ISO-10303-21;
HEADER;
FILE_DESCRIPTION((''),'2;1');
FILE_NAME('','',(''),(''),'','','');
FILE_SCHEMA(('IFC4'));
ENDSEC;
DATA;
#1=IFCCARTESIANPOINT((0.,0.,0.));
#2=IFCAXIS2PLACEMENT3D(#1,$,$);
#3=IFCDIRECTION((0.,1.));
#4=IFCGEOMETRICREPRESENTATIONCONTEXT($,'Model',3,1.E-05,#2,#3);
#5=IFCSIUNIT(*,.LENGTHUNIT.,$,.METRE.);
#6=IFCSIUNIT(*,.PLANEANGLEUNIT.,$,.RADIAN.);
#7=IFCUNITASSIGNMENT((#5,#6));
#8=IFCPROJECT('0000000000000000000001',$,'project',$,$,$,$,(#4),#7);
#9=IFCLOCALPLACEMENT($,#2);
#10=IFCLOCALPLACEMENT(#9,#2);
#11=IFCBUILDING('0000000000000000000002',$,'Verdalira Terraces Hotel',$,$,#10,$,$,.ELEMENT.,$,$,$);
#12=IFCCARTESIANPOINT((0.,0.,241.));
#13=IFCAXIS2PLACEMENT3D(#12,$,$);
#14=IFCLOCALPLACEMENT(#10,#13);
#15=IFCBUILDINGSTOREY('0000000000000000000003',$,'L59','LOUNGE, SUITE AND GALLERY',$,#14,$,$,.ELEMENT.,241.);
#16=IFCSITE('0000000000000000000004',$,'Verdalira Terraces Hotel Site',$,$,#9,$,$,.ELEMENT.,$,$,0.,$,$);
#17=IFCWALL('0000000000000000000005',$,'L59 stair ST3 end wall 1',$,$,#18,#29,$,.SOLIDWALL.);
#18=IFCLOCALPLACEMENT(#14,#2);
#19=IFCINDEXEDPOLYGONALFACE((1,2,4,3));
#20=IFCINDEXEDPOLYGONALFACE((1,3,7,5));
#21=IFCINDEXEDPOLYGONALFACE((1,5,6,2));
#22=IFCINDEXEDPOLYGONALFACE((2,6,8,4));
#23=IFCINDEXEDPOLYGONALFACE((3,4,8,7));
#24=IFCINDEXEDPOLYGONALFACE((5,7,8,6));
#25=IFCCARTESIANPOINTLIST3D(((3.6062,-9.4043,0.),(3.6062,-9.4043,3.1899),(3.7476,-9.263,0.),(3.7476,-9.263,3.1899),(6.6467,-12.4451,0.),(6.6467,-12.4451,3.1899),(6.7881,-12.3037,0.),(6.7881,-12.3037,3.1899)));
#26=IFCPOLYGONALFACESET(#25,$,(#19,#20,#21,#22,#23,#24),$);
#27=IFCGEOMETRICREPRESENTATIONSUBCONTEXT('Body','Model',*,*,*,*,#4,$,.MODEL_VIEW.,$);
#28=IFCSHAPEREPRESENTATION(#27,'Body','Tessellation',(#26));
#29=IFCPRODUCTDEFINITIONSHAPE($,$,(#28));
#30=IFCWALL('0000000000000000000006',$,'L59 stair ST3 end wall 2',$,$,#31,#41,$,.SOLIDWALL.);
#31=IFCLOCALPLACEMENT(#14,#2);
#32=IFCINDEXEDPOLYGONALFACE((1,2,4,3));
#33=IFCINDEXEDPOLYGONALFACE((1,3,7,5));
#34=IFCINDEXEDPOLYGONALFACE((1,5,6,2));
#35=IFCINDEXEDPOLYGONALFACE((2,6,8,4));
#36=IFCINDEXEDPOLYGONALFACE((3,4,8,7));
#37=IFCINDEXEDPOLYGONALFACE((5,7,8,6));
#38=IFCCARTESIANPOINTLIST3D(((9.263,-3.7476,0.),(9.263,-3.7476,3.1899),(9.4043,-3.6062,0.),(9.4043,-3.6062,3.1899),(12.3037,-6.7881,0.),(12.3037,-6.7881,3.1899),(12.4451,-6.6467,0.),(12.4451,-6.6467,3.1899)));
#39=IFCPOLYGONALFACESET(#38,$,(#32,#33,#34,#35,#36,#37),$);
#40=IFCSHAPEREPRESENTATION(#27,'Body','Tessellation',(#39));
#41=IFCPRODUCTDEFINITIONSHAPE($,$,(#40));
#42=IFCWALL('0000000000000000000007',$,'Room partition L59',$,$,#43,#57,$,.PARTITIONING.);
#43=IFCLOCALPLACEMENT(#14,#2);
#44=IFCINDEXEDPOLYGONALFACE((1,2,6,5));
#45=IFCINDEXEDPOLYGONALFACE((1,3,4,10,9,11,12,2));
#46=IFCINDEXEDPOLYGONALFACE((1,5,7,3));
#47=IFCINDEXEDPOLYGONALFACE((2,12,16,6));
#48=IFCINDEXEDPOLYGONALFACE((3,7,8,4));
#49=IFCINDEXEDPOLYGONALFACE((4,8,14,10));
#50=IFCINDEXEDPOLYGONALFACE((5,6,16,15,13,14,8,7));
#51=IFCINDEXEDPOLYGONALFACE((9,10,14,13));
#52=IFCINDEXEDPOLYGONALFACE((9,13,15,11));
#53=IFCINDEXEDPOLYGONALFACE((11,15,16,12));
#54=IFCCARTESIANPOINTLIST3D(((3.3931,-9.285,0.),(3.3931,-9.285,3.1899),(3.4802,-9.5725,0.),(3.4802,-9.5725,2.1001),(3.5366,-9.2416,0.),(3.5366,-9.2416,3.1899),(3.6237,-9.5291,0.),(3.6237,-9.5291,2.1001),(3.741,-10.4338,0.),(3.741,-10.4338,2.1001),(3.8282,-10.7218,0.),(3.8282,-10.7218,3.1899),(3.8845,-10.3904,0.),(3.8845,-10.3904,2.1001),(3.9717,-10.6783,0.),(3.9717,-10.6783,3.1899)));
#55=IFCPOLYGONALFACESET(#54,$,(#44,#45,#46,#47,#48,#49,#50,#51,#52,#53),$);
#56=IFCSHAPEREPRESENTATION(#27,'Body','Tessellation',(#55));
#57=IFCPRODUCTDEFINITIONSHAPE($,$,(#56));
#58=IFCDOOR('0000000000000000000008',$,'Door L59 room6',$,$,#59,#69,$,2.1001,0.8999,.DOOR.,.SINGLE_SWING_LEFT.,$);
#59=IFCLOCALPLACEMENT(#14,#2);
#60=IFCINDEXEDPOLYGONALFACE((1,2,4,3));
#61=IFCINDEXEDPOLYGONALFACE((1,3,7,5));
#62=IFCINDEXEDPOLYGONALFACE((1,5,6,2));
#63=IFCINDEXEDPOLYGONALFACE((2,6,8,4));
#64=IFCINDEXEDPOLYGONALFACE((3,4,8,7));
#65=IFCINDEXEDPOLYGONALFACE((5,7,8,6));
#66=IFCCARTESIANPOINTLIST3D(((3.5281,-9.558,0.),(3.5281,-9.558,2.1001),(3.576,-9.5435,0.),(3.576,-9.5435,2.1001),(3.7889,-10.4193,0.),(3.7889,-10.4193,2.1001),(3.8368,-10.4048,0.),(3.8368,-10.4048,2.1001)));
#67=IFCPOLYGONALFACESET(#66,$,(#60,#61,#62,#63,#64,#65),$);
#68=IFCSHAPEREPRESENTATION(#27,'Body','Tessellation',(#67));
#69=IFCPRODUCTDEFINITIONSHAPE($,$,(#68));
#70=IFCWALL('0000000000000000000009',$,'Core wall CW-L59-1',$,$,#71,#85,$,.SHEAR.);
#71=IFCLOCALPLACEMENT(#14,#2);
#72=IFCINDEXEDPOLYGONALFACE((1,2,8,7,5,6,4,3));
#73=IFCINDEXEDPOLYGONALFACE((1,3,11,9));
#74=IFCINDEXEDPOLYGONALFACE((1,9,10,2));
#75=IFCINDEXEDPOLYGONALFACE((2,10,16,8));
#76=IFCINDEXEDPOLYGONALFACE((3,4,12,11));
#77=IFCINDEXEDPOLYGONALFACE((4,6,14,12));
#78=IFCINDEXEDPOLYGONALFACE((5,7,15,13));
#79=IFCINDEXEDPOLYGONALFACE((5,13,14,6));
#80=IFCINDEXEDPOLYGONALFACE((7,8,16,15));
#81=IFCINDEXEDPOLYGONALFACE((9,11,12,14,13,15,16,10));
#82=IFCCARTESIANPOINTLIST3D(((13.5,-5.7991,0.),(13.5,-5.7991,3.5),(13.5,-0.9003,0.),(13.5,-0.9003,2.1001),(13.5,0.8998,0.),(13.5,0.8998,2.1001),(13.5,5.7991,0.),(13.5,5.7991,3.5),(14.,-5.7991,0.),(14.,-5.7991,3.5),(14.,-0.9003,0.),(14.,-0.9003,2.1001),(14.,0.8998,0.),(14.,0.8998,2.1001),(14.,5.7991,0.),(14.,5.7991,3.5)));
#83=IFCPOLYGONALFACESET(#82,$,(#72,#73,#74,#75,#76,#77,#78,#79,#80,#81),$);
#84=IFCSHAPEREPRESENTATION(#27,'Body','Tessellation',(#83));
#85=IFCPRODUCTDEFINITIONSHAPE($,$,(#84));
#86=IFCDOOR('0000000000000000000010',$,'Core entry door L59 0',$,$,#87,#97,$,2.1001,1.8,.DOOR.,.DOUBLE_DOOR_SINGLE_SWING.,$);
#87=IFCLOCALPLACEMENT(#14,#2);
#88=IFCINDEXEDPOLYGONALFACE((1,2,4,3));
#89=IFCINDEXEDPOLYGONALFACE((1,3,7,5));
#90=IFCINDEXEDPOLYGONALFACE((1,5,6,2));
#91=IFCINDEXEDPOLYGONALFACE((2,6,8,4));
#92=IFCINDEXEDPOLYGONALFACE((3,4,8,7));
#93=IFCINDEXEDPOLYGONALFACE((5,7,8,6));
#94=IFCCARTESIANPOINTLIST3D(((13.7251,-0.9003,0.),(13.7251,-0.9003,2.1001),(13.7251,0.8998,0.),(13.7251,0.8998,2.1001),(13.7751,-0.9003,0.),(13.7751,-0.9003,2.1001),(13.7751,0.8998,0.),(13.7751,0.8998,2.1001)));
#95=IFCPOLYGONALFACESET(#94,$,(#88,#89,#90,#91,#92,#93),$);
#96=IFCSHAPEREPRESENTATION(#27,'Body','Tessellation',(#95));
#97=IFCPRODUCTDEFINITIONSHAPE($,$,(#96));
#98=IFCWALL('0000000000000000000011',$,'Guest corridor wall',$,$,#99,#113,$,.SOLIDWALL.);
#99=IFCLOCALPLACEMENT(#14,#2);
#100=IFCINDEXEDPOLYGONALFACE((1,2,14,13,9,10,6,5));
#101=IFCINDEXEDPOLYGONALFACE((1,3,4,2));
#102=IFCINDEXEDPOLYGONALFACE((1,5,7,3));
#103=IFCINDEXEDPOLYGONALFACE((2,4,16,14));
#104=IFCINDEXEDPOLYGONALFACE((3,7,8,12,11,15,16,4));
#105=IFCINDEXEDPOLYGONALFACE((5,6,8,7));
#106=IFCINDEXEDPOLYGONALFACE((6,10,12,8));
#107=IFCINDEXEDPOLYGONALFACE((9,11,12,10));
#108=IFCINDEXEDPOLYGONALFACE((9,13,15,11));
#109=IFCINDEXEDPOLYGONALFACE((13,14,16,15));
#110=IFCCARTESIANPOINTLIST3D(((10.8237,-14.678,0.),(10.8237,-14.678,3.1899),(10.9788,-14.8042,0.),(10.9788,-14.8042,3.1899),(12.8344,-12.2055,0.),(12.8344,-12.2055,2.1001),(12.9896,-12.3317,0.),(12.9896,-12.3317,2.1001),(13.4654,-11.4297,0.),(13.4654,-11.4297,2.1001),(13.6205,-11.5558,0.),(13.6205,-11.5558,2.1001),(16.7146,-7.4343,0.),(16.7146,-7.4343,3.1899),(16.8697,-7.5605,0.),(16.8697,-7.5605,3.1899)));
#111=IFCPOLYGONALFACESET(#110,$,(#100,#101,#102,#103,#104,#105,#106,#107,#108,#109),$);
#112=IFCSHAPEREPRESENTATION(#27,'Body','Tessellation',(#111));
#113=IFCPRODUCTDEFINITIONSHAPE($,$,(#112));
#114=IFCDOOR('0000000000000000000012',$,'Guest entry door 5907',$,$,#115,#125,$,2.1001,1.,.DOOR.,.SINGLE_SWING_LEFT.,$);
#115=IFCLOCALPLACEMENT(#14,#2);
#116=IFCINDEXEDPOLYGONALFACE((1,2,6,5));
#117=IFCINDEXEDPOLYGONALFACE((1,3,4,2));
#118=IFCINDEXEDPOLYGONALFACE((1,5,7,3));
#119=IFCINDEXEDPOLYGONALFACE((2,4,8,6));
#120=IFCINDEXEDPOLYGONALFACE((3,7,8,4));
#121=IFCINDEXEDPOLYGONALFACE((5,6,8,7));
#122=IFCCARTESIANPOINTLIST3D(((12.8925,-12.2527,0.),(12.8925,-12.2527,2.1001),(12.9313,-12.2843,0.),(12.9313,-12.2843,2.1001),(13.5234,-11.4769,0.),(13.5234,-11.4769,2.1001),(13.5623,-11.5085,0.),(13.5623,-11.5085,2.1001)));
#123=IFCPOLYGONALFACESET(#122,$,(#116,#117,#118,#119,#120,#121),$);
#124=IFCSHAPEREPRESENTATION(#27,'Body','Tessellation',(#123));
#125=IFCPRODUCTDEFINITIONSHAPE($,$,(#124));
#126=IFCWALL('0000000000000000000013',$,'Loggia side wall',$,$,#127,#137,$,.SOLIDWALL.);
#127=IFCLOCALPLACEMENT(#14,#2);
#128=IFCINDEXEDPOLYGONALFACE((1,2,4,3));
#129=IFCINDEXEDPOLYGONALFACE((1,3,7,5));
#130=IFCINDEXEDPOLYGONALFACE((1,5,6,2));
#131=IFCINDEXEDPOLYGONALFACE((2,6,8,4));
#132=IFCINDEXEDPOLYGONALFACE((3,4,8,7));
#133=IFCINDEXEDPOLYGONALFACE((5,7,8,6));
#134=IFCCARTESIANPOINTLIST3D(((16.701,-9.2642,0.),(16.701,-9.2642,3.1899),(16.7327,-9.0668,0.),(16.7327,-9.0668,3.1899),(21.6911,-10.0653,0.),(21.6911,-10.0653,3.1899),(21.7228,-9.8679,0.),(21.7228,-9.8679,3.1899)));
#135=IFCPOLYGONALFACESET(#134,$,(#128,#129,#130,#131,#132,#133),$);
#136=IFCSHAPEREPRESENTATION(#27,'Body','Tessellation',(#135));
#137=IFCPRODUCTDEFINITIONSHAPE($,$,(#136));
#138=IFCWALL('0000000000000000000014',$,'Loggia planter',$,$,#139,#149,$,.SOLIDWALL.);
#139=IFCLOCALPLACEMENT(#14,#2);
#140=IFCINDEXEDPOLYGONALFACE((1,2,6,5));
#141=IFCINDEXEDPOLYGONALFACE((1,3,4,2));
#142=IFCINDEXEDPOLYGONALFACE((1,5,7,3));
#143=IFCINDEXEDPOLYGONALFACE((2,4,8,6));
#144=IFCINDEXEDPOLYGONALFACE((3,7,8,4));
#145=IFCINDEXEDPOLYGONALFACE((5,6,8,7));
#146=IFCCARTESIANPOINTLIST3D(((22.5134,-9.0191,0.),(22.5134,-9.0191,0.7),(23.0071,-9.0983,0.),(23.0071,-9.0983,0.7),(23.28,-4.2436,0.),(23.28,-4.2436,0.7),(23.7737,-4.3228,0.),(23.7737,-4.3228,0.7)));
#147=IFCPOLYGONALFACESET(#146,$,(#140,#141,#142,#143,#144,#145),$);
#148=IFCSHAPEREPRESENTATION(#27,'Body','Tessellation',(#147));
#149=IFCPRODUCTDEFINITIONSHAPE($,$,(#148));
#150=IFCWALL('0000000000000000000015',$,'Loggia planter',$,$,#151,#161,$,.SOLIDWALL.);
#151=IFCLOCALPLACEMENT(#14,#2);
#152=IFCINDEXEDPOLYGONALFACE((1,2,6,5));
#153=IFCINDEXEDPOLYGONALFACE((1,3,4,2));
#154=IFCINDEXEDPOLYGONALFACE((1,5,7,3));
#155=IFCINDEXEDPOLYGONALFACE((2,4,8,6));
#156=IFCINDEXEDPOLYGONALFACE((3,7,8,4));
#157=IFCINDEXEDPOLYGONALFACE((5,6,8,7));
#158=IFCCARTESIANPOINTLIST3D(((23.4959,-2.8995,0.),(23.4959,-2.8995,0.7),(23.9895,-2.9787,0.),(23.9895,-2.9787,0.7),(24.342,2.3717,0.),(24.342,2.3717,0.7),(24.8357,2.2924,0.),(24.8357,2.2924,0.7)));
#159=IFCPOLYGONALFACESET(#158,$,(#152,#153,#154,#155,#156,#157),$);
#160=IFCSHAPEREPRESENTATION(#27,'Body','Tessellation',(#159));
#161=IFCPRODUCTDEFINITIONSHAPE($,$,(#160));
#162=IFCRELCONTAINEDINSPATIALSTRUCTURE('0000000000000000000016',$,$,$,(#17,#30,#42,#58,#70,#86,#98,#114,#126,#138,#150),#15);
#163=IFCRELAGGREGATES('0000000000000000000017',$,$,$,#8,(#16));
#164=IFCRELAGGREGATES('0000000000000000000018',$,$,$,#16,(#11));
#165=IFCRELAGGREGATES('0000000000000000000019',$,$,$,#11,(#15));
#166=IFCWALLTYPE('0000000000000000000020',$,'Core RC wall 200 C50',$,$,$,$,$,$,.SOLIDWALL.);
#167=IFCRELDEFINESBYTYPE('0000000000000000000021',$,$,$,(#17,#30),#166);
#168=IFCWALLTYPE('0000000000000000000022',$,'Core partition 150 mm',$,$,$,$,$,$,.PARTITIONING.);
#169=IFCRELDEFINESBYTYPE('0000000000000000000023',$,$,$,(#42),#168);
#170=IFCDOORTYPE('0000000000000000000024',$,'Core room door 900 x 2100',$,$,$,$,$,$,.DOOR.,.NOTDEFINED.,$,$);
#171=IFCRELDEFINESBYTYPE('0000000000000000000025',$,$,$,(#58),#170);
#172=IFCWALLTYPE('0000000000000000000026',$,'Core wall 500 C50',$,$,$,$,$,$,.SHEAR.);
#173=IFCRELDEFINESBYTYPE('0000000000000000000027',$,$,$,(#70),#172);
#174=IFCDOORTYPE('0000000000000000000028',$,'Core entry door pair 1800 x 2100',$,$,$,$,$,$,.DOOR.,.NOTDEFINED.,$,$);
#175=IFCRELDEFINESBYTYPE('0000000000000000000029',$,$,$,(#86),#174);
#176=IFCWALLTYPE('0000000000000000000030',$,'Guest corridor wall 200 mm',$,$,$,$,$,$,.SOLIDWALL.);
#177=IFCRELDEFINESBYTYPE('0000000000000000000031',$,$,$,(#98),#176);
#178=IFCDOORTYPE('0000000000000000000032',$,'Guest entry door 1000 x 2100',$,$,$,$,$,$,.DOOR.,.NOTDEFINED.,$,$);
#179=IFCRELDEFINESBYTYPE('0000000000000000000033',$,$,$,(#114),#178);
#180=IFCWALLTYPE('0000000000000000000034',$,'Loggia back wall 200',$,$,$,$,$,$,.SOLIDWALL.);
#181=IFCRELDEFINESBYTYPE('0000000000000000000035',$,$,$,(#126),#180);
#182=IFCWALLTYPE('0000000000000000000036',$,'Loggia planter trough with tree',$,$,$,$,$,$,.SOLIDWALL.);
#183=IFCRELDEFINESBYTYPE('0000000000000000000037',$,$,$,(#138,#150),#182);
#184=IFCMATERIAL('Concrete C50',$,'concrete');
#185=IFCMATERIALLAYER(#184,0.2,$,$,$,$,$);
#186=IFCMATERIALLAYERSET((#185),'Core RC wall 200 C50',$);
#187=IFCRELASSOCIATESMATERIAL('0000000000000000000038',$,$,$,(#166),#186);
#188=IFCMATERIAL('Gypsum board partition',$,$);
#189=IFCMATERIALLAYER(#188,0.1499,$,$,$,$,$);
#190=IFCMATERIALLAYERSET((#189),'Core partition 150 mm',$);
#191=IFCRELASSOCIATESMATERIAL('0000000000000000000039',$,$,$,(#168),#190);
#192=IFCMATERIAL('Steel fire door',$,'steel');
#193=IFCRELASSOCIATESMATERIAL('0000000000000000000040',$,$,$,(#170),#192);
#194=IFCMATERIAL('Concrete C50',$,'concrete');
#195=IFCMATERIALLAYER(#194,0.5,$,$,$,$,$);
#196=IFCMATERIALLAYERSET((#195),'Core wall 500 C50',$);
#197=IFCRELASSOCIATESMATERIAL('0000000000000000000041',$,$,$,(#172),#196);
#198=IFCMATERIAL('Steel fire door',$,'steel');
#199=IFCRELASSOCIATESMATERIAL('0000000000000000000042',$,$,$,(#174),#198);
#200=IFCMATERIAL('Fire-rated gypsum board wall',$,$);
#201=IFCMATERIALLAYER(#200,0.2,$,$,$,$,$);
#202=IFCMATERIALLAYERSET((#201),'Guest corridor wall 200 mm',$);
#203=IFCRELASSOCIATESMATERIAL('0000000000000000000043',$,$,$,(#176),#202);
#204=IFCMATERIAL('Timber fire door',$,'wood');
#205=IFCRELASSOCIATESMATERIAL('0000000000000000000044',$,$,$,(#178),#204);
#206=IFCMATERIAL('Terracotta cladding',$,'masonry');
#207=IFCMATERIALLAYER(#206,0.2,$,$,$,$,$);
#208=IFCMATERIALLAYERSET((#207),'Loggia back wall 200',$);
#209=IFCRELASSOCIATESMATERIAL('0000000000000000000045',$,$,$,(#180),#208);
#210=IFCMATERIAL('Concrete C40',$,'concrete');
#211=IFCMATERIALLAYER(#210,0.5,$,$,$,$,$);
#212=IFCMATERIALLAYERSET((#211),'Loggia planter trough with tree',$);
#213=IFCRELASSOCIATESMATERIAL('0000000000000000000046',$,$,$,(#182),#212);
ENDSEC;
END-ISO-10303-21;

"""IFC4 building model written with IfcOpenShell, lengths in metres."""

from ifc_helpers import new_model, si_unit, direction, frame, frame_2d, origin, place, context, subcontext, project, spatial, rectangle, extrude, material, layer, layer_set, type_object, element, fill, save


model = new_model("IFC4")

# Units and contexts
model_context = context("Model", 3, precision=1e-05, world=origin(), true_north=direction((0.0, 1.0)))
body_context = subcontext(model_context, "Body", "Model", "MODEL_VIEW")
ifc_project = project(units=[si_unit("LENGTHUNIT", "METRE"), si_unit("PLANEANGLEUNIT", "RADIAN")], contexts=[model_context])

# Site, building, storey
site_placement = place(None, origin())
site = spatial("IfcSite", under=ifc_project, at=site_placement, Name="Verdalira Terraces Hotel Site", CompositionType="ELEMENT", RefElevation=0.0)
building_placement = place(site_placement, origin())
building = spatial("IfcBuilding", under=site, at=building_placement, Name="Verdalira Terraces Hotel", CompositionType="ELEMENT")
storey_placement = place(building_placement, frame((0.0, 0.0, 241.0)))
storey = spatial("IfcBuildingStorey", under=building, at=storey_placement, Name="L59", Description="LOUNGE, SUITE AND GALLERY", CompositionType="ELEMENT", Elevation=241.0)

# Shared definitions
ifc_material_1 = material(Name="Concrete C50", Category="concrete")
ifc_layer_1 = layer(ifc_material_1, 0.2)
ifc_layer_set_1 = layer_set([ifc_layer_1], Name="Core RC wall 200 C50")
wall_type_1 = type_object("IfcWallType", Name="Core RC wall 200 C50", PredefinedType="SOLIDWALL", material=ifc_layer_set_1)

# Walls
for number, where, z_axis, x_axis, name in (
    (1, (3.677, -9.3337, 0.0), (0.0, 0.0, 1.0), (0.707078, -0.707135, 0.0), "L59 stair ST3 end wall 1"),
    (2, (9.3337, -3.677, 0.0), (0.0, 0.0, 1.0), (0.707135, -0.707078, 0.0), "L59 stair ST3 end wall 2"),
):
    element("IfcWall", number, at=place(storey_placement, frame(where, z_axis=z_axis, x_axis=x_axis)), inside=storey, type_object=wall_type_1, Name=name, PredefinedType="SOLIDWALL", context=body_context, shape_type="SweptSolid", body=[
        extrude(rectangle(XDim=4.3, YDim=0.2, at=frame_2d((2.1499, 0.0))), origin(), (0.0, 0.0, 1.0), 3.1899),
    ])

# Walls, openings, doors
ifc_material_2 = material(Name="Gypsum board partition")
ifc_layer_2 = layer(ifc_material_2, 0.1499)
ifc_layer_set_2 = layer_set([ifc_layer_2], Name="Core partition 150 mm")
wall_type_2 = type_object("IfcWallType", Name="Core partition 150 mm", PredefinedType="PARTITIONING", material=ifc_layer_set_2)
wall_1_placement = place(storey_placement, frame((3.8999, -10.7, 0.0), z_axis=(0.0, 0.0, 1.0), x_axis=(-0.289809, 0.957085, 0.0)))
wall_1 = element("IfcWall", 3, at=wall_1_placement, inside=storey, type_object=wall_type_2, Name="Room partition L59", PredefinedType="PARTITIONING", context=body_context, shape_type="SweptSolid", body=[
    extrude(rectangle(XDim=1.5012, YDim=0.1499, at=frame_2d((0.7505, 0.0))), origin(), (0.0, 0.0, 1.0), 3.1899),
])
opening_1_placement = place(wall_1_placement, frame((0.3008, 0.0, 0.0)))
opening_1 = element("IfcOpeningElement", 4, at=opening_1_placement, cuts=wall_1, PredefinedType="OPENING", context=body_context, shape_type="SweptSolid", body=[
    extrude(rectangle(XDim=0.8999, YDim=2.1001, at=frame_2d((0.45, 1.05))), frame((0.0, 0.085, 0.0), z_axis=(0.0, -1.0, 0.0), x_axis=(1.0, 0.0, 0.0)), (0.0, 0.0, 1.0), 0.1699),
])
ifc_material_3 = material(Name="Steel fire door", Category="steel")
door_type_1 = type_object("IfcDoorType", Name="Core room door 900 x 2100", OperationType="NOTDEFINED", PredefinedType="DOOR", material=ifc_material_3)
door_1_placement = place(opening_1_placement, origin())
door_1 = element("IfcDoor", 5, at=door_1_placement, inside=storey, type_object=door_type_1, Name="Door L59 room6", OperationType="SINGLE_SWING_LEFT", OverallHeight=2.1001, OverallWidth=0.8999, PredefinedType="DOOR", context=body_context, shape_type="SweptSolid", body=[
    extrude(rectangle(XDim=0.8999, YDim=2.1001, at=frame_2d((0.45, 1.05))), frame((0.0, 0.0249, 0.0), z_axis=(0.0, -1.0, 0.0), x_axis=(1.0, 0.0, 0.0)), (0.0, 0.0, 1.0), 0.05),
])
fill(opening_1, door_1)
ifc_material_4 = material(Name="Concrete C50", Category="concrete")
ifc_layer_3 = layer(ifc_material_4, 0.5)
ifc_layer_set_3 = layer_set([ifc_layer_3], Name="Core wall 500 C50")
wall_type_3 = type_object("IfcWallType", Name="Core wall 500 C50", PredefinedType="SHEAR", material=ifc_layer_set_3)
wall_2_placement = place(storey_placement, frame((13.75, -5.7991, 0.0), z_axis=(0.0, 0.0, 1.0), x_axis=(0.0, 1.0, 0.0)))
wall_2 = element("IfcWall", 6, at=wall_2_placement, inside=storey, type_object=wall_type_3, Name="Core wall CW-L59-1", PredefinedType="SHEAR", context=body_context, shape_type="SweptSolid", body=[
    extrude(rectangle(XDim=11.5981, YDim=0.5, at=frame_2d((5.7991, 0.0))), origin(), (0.0, 0.0, 1.0), 3.5),
])
opening_2_placement = place(wall_2_placement, frame((4.8989, 0.0, 0.0)))
opening_2 = element("IfcOpeningElement", 7, at=opening_2_placement, cuts=wall_2, PredefinedType="OPENING", context=body_context, shape_type="SweptSolid", body=[
    extrude(rectangle(XDim=1.8, YDim=2.1001, at=frame_2d((0.8999, 1.05))), frame((0.0, 0.26, 0.0), z_axis=(0.0, -1.0, 0.0), x_axis=(1.0, 0.0, 0.0)), (0.0, 0.0, 1.0), 0.52),
])
ifc_material_5 = material(Name="Steel fire door", Category="steel")
door_type_2 = type_object("IfcDoorType", Name="Core entry door pair 1800 x 2100", OperationType="NOTDEFINED", PredefinedType="DOOR", material=ifc_material_5)
door_2_placement = place(opening_2_placement, origin())
door_2 = element("IfcDoor", 8, at=door_2_placement, inside=storey, type_object=door_type_2, Name="Core entry door L59 0", OperationType="DOUBLE_DOOR_SINGLE_SWING", OverallHeight=2.1001, OverallWidth=1.8, PredefinedType="DOOR", context=body_context, shape_type="SweptSolid", body=[
    extrude(rectangle(XDim=1.8, YDim=2.1001, at=frame_2d((0.8999, 1.05))), frame((0.0, 0.0249, 0.0), z_axis=(0.0, -1.0, 0.0), x_axis=(1.0, 0.0, 0.0)), (0.0, 0.0, 1.0), 0.05),
])
fill(opening_2, door_2)
ifc_material_6 = material(Name="Fire-rated gypsum board wall")
ifc_layer_4 = layer(ifc_material_6, 0.2)
ifc_layer_set_4 = layer_set([ifc_layer_4], Name="Guest corridor wall 200 mm")
wall_type_4 = type_object("IfcWallType", Name="Guest corridor wall 200 mm", PredefinedType="SOLIDWALL", material=ifc_layer_set_4)
wall_3_placement = place(storey_placement, frame((16.7922, -7.4973, 0.0), z_axis=(0.0, 0.0, 1.0), x_axis=(-0.630941, -0.775831, 0.0)))
wall_3 = element("IfcWall", 9, at=wall_3_placement, inside=storey, type_object=wall_type_4, Name="Guest corridor wall", PredefinedType="SOLIDWALL", context=body_context, shape_type="SweptSolid", body=[
    extrude(rectangle(XDim=9.3367, YDim=0.2, at=frame_2d((4.6685, 0.0))), origin(), (0.0, 0.0, 1.0), 3.1899),
])
opening_3_placement = place(wall_3_placement, frame((5.1499, 0.0, 0.0)))
opening_3 = element("IfcOpeningElement", 10, at=opening_3_placement, cuts=wall_3, PredefinedType="OPENING", context=body_context, shape_type="SweptSolid", body=[
    extrude(rectangle(XDim=1.0, YDim=2.1001, at=frame_2d((0.5, 1.05))), frame((0.0, 0.1099, 0.0), z_axis=(0.0, -1.0, 0.0), x_axis=(1.0, 0.0, 0.0)), (0.0, 0.0, 1.0), 0.22),
])
ifc_material_7 = material(Name="Timber fire door", Category="wood")
door_type_3 = type_object("IfcDoorType", Name="Guest entry door 1000 x 2100", OperationType="NOTDEFINED", PredefinedType="DOOR", material=ifc_material_7)
door_3_placement = place(opening_3_placement, origin())
door_3 = element("IfcDoor", 11, at=door_3_placement, inside=storey, type_object=door_type_3, Name="Guest entry door 5907", OperationType="SINGLE_SWING_LEFT", OverallHeight=2.1001, OverallWidth=1.0, PredefinedType="DOOR", context=body_context, shape_type="SweptSolid", body=[
    extrude(rectangle(XDim=1.0, YDim=2.1001, at=frame_2d((0.5, 1.05))), frame((0.0, 0.0249, 0.0), z_axis=(0.0, -1.0, 0.0), x_axis=(1.0, 0.0, 0.0)), (0.0, 0.0, 1.0), 0.05),
])
fill(opening_3, door_3)

# Walls
ifc_material_8 = material(Name="Terracotta cladding", Category="masonry")
ifc_layer_5 = layer(ifc_material_8, 0.2)
ifc_layer_set_5 = layer_set([ifc_layer_5], Name="Loggia back wall 200")
wall_type_5 = type_object("IfcWallType", Name="Loggia back wall 200", PredefinedType="SOLIDWALL", material=ifc_layer_set_5)
wall_4_placement = place(storey_placement, frame((21.7068, -9.9666, 0.0), z_axis=(0.0, 0.0, 1.0), x_axis=(-0.987359, 0.158497, 0.0)))
element("IfcWall", 12, at=wall_4_placement, inside=storey, type_object=wall_type_5, Name="Loggia side wall", PredefinedType="SOLIDWALL", context=body_context, shape_type="SweptSolid", body=[
    extrude(rectangle(XDim=5.054, YDim=0.2, at=frame_2d((2.5269, 0.0))), origin(), (0.0, 0.0, 1.0), 3.1899),
])
ifc_material_9 = material(Name="Concrete C40", Category="concrete")
ifc_layer_6 = layer(ifc_material_9, 0.5)
ifc_layer_set_6 = layer_set([ifc_layer_6], Name="Loggia planter trough with tree")
wall_type_6 = type_object("IfcWallType", Name="Loggia planter trough with tree", PredefinedType="SOLIDWALL", material=ifc_layer_set_6)
wall_5_placement = place(storey_placement, frame((22.7603, -9.0588, 0.0), z_axis=(0.0, 0.0, 1.0), x_axis=(0.158494, 0.98736, 0.0)))
element("IfcWall", 13, at=wall_5_placement, inside=storey, type_object=wall_type_6, Name="Loggia planter", PredefinedType="SOLIDWALL", context=body_context, shape_type="SweptSolid", body=[
    extrude(rectangle(XDim=4.8367, YDim=0.5, at=frame_2d((2.4185, 0.0))), origin(), (0.0, 0.0, 1.0), 0.7),
])
wall_6_placement = place(storey_placement, frame((23.7427, -2.9392, 0.0), z_axis=(0.0, 0.0, 1.0), x_axis=(0.158501, 0.987359, 0.0)))
element("IfcWall", 14, at=wall_6_placement, inside=storey, type_object=wall_type_6, Name="Loggia planter", PredefinedType="SOLIDWALL", context=body_context, shape_type="SweptSolid", body=[
    extrude(rectangle(XDim=5.3386, YDim=0.5, at=frame_2d((2.6694, 0.0))), origin(), (0.0, 0.0, 1.0), 0.7),
])

save(model, "model.ifc")
